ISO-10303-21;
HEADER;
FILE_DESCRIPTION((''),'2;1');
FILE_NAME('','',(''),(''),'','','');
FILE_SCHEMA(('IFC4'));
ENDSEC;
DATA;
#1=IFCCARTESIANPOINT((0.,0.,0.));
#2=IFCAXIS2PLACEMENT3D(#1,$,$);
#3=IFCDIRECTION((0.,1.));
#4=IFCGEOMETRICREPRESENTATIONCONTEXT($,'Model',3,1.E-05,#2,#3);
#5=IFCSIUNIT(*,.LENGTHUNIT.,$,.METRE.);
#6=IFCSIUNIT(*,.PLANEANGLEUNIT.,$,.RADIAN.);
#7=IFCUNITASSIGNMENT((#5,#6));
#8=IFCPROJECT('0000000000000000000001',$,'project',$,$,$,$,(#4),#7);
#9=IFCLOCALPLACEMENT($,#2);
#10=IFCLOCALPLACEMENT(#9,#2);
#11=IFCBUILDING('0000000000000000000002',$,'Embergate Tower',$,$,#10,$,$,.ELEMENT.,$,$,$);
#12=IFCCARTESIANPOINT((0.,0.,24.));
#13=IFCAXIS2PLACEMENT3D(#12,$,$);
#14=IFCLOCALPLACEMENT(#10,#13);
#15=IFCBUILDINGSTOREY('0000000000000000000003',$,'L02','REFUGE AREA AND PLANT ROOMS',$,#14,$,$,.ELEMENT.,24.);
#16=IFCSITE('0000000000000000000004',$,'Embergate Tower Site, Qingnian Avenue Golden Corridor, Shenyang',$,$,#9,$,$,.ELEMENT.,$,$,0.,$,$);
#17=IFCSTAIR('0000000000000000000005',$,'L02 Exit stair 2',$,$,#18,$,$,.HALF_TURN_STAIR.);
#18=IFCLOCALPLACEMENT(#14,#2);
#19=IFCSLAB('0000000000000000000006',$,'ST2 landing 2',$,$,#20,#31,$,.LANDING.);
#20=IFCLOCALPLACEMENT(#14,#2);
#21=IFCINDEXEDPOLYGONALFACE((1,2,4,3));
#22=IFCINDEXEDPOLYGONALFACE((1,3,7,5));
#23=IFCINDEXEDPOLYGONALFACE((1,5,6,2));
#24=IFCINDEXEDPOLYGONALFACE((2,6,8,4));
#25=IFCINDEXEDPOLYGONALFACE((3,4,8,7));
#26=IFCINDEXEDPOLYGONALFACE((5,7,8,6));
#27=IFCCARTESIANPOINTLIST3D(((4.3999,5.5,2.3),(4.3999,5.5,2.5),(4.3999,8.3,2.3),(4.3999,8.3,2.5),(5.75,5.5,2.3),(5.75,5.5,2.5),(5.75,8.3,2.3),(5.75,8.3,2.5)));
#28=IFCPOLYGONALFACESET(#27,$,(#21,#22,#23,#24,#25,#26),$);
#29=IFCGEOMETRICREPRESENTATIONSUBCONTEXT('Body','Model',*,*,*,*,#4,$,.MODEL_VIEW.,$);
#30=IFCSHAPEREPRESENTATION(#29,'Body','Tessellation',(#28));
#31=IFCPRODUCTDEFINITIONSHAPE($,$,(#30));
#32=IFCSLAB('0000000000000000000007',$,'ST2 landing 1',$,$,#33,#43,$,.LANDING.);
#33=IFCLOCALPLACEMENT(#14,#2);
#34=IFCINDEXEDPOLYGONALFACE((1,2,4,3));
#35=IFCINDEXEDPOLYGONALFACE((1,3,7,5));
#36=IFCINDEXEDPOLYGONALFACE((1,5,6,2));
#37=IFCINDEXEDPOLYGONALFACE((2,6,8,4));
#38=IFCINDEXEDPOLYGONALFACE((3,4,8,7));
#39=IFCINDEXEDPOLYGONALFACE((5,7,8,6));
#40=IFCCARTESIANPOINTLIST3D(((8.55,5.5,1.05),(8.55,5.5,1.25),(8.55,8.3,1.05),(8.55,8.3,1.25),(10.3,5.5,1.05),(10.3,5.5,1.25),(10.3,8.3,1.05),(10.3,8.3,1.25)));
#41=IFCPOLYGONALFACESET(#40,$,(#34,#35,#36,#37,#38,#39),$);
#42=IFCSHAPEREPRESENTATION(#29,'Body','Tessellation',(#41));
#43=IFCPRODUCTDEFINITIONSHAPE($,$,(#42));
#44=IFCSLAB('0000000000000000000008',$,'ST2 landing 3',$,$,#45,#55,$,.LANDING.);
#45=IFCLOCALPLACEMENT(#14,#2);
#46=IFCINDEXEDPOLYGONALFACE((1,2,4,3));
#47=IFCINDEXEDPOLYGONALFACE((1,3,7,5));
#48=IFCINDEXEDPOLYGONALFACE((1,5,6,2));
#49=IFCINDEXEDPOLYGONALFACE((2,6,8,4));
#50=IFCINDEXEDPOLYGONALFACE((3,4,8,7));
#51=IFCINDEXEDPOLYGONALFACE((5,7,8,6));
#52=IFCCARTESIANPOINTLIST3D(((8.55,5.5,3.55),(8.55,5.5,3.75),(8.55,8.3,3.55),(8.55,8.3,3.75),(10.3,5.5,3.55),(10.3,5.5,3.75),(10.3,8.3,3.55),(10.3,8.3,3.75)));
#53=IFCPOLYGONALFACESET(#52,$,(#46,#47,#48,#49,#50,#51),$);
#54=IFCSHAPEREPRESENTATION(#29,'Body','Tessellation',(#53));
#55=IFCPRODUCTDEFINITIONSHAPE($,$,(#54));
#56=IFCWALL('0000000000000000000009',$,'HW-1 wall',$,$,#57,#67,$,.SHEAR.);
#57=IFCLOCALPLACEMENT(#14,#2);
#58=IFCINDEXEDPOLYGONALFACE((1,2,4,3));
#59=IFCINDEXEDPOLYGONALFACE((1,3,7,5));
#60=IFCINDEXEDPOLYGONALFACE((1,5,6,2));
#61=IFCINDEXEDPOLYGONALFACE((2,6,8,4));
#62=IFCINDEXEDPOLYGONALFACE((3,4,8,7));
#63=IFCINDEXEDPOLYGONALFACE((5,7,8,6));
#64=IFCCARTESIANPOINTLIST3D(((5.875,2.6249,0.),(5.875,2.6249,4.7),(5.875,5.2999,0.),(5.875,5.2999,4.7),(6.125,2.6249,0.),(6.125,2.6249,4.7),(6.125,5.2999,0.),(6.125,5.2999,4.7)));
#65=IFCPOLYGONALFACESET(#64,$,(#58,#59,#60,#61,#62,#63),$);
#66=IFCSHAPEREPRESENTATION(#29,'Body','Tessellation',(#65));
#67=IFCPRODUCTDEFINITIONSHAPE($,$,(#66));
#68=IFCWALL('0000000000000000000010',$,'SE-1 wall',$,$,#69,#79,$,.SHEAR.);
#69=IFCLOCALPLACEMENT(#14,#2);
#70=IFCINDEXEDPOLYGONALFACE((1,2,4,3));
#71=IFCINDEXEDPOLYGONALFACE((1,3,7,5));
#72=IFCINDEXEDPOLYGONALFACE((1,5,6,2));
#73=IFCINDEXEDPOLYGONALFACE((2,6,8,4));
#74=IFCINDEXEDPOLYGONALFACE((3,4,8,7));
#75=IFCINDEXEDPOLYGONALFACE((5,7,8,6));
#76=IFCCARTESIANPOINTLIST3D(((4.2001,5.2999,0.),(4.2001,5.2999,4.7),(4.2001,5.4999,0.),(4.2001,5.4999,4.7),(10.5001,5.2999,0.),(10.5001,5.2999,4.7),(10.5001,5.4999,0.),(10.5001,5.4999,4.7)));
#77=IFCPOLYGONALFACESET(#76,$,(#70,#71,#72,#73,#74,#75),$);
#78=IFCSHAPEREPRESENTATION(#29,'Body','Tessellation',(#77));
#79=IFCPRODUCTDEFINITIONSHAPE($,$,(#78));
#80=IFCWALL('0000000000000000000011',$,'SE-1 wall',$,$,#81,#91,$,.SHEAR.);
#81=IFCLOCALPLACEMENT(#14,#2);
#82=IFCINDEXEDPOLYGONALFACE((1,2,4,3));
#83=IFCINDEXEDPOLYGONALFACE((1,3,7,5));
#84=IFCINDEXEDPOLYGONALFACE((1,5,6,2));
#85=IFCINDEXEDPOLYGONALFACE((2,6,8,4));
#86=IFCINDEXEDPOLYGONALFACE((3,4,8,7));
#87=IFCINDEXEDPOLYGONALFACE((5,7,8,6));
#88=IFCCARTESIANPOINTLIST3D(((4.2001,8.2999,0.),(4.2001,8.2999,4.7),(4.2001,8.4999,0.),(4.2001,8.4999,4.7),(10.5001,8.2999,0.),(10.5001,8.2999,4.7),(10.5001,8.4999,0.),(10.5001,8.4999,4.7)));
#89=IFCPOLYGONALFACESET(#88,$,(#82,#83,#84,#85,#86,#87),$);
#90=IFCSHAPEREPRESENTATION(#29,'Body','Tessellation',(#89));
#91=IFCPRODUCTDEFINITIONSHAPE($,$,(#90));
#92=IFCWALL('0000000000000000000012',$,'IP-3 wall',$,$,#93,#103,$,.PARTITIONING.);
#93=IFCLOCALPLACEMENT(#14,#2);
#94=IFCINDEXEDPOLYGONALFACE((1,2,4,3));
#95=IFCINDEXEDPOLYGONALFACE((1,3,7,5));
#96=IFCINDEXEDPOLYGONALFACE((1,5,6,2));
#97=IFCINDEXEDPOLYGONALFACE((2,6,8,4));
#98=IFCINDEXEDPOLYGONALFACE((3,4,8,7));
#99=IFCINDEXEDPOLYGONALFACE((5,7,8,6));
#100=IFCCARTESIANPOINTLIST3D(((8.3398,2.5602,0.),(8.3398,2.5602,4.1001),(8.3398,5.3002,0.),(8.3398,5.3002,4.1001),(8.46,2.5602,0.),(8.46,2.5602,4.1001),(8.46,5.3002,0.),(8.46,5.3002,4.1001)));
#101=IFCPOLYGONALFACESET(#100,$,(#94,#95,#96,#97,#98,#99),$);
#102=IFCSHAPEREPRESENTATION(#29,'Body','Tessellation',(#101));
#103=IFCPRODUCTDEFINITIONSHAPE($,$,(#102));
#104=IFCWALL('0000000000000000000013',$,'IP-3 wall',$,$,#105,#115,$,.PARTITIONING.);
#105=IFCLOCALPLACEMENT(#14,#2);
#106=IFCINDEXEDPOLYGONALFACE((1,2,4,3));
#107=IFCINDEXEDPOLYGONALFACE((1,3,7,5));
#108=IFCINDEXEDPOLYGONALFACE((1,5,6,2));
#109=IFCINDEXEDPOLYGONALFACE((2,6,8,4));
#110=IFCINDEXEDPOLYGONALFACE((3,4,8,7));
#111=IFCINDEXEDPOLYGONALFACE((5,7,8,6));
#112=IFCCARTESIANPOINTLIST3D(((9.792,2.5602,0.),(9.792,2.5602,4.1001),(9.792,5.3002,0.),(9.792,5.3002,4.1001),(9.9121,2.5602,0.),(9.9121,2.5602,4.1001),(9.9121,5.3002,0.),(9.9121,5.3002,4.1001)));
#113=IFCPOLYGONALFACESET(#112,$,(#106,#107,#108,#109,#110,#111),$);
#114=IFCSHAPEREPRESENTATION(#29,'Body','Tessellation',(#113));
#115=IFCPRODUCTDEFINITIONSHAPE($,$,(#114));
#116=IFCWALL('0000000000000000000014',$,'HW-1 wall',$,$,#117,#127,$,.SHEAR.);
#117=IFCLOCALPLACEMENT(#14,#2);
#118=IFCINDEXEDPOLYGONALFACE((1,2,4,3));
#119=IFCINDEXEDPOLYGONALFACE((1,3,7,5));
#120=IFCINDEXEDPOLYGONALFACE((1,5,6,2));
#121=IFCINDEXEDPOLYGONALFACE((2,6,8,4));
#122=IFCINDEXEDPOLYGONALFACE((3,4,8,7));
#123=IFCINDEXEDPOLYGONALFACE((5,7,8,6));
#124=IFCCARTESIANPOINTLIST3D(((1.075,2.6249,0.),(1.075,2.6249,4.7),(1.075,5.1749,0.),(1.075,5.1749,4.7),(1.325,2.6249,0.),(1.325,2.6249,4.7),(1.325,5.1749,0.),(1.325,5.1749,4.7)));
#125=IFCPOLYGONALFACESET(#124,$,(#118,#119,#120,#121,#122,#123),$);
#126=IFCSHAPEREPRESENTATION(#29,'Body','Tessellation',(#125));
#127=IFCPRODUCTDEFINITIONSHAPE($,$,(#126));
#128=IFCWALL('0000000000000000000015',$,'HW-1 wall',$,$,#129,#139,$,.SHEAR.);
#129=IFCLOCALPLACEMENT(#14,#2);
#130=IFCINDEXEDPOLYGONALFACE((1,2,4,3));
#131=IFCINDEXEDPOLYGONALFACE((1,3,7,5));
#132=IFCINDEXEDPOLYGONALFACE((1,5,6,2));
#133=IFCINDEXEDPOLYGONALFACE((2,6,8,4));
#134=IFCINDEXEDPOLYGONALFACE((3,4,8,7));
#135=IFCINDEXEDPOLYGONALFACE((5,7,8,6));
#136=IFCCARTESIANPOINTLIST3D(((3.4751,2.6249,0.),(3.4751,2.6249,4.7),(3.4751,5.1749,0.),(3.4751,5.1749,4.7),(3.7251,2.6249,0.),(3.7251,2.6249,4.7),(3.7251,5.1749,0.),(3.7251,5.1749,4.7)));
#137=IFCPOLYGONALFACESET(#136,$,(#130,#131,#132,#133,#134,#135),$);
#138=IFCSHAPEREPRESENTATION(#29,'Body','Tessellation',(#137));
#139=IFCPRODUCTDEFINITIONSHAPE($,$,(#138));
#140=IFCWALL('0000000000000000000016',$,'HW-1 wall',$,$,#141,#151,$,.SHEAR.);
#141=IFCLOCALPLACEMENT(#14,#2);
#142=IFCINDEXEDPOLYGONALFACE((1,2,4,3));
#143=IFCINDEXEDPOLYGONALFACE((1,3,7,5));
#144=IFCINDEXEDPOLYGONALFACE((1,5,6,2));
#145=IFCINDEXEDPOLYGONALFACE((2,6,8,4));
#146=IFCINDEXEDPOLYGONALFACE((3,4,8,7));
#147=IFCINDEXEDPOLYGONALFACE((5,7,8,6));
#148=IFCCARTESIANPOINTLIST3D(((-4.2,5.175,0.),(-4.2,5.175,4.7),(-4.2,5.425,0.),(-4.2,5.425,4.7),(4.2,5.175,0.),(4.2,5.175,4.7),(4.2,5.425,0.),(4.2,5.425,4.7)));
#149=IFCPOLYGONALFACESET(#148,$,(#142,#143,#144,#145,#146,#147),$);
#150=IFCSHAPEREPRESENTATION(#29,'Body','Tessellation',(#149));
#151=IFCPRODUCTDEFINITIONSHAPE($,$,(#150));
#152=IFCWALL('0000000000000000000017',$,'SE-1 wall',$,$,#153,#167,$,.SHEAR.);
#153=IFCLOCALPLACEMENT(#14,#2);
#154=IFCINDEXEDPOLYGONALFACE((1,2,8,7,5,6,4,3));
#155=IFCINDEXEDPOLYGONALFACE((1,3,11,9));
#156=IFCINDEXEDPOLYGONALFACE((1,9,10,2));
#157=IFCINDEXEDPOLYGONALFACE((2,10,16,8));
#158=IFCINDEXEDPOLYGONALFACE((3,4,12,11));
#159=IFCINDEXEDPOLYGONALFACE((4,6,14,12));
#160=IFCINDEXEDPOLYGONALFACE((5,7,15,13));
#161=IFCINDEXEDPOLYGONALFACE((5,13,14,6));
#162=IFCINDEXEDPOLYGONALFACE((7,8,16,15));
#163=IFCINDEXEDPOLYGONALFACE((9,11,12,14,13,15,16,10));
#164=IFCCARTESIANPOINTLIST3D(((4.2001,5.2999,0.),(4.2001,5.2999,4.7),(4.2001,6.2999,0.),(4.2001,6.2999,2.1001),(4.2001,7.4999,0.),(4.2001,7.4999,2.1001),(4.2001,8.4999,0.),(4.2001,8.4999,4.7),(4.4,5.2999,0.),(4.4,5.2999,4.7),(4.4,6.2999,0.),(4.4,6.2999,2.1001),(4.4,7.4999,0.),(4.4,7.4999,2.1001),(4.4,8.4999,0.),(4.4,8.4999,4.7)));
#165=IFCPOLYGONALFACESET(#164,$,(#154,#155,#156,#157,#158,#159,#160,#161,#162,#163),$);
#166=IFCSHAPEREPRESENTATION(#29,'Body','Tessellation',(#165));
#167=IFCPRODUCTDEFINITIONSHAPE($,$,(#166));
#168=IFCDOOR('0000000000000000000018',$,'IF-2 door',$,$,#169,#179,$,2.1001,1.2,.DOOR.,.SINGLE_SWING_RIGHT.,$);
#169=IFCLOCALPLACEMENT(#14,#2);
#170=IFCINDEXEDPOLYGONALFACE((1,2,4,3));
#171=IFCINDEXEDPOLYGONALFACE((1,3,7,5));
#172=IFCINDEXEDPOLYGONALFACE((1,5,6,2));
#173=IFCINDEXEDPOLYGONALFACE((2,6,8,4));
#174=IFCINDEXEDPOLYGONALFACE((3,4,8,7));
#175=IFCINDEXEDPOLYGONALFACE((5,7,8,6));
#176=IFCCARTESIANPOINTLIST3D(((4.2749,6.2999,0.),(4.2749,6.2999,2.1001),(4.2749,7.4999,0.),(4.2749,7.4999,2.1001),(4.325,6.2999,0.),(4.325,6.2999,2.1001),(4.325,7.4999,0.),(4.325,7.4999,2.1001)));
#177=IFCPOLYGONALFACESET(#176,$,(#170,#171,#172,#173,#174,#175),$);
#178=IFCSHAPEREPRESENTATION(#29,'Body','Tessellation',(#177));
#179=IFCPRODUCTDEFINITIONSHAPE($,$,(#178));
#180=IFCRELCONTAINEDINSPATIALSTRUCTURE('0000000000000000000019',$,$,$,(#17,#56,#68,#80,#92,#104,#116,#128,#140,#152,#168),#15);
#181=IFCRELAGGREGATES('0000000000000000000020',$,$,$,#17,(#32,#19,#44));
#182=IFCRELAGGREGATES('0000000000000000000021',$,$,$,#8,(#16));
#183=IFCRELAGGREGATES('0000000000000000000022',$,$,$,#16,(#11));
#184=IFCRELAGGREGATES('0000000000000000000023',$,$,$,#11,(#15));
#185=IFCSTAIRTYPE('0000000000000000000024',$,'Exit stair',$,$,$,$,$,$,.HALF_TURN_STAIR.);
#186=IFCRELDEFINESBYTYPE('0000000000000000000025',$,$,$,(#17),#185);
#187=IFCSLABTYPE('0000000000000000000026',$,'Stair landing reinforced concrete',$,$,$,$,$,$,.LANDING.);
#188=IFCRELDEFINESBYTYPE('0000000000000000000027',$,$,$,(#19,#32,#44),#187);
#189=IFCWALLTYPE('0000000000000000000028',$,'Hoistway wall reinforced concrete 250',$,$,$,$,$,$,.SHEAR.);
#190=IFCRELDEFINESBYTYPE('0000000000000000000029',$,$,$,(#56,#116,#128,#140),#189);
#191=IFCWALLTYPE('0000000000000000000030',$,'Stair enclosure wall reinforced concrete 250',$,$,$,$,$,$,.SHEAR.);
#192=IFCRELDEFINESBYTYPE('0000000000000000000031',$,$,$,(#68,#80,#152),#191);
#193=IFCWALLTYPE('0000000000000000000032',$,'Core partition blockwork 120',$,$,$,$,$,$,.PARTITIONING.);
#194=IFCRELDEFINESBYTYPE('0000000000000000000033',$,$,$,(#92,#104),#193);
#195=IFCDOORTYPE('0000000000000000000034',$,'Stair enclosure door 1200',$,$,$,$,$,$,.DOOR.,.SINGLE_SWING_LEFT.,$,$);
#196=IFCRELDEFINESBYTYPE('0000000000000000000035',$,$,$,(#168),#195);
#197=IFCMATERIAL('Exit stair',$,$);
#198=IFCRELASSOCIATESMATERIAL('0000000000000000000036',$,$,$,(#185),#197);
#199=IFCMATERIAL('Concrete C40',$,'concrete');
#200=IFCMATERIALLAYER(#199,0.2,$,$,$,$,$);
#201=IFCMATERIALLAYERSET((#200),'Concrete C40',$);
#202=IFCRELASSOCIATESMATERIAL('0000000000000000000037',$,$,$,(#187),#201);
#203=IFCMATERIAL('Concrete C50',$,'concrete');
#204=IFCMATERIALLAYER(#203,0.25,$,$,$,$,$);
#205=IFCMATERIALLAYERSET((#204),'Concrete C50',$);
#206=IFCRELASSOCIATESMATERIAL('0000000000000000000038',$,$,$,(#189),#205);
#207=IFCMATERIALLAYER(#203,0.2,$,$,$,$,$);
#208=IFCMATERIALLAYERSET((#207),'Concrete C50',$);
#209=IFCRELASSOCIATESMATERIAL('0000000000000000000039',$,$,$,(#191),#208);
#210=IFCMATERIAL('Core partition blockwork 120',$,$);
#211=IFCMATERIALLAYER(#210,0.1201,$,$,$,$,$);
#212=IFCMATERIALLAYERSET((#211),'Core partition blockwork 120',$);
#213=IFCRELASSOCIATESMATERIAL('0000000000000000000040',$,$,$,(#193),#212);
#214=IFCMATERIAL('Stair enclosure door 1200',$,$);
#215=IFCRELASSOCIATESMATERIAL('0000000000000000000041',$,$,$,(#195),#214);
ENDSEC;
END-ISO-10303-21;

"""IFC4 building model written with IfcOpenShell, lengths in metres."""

from ifc_helpers import new_model, si_unit, direction, frame, frame_2d, origin, place, context, subcontext, project, spatial, polyline, rectangle, outline, extrude, source, transform, mapped, material, layer, layer_set, type_object, element, fill, aggregate, save


model = new_model("IFC4")

# Units and contexts
model_context = context("Model", 3, precision=1e-05, world=origin(), true_north=direction((0.0, 1.0)))
body_context = subcontext(model_context, "Body", "Model", "MODEL_VIEW")
ifc_project = project(units=[si_unit("LENGTHUNIT", "METRE"), si_unit("PLANEANGLEUNIT", "RADIAN")], contexts=[model_context])

# Site, building, storey
site_placement = place(None, origin())
site = spatial("IfcSite", under=ifc_project, at=site_placement, Name="Embergate Tower Site, Qingnian Avenue Golden Corridor, Shenyang", CompositionType="ELEMENT", RefElevation=0.0)
building_placement = place(site_placement, origin())
building = spatial("IfcBuilding", under=site, at=building_placement, Name="Embergate Tower", CompositionType="ELEMENT")
storey_placement = place(building_placement, frame((0.0, 0.0, 24.0)))
storey = spatial("IfcBuildingStorey", under=building, at=storey_placement, Name="L02", Description="REFUGE AREA AND PLANT ROOMS", CompositionType="ELEMENT", Elevation=24.0)

# Stair, slabs
ifc_material_1 = material(Name="Exit stair")
stair_type = type_object("IfcStairType", Name="Exit stair", PredefinedType="HALF_TURN_STAIR", material=ifc_material_1)
stair_placement = place(storey_placement, origin())
stair = element("IfcStair", 1, at=stair_placement, inside=storey, type_object=stair_type, Name="L02 Exit stair 2", PredefinedType="HALF_TURN_STAIR")
ifc_material_2 = material(Name="Concrete C40", Category="concrete")
ifc_layer_1 = layer(ifc_material_2, 0.2)
ifc_layer_set_1 = layer_set([ifc_layer_1], Name="Concrete C40")
slab_type = type_object("IfcSlabType", Name="Stair landing reinforced concrete", PredefinedType="LANDING", material=ifc_layer_set_1)
shared_shape_1 = source(origin(), body_context, "Body", "SweptSolid", [
    extrude(outline(polyline([(0.0, 0.0), (1.3501, 0.0), (1.3501, 2.8), (0.0, 2.8), (0.0, 0.0)])), origin(), (0.0, 0.0, 1.0), 0.2),
])
slab_1_placement = place(storey_placement, frame((4.3999, 5.5, 2.3)))
slab_1 = element("IfcSlab", 2, at=slab_1_placement, type_object=slab_type, Name="ST2 landing 2", PredefinedType="LANDING", context=body_context, shape_type="MappedRepresentation", body=[
    mapped(shared_shape_1, transform((0.0, 0.0, 0.0))),
])
shared_shape_2 = source(origin(), body_context, "Body", "SweptSolid", [
    extrude(outline(polyline([(0.0, 0.0), (1.75, 0.0), (1.75, 2.8), (0.0, 2.8), (0.0, 0.0)])), origin(), (0.0, 0.0, 1.0), 0.2),
])
slab_2_placement = place(storey_placement, frame((8.55, 5.5, 1.05)))
slab_2 = element("IfcSlab", 3, at=slab_2_placement, type_object=slab_type, Name="ST2 landing 1", PredefinedType="LANDING", context=body_context, shape_type="MappedRepresentation", body=[
    mapped(shared_shape_2, transform((0.0, 0.0, 0.0))),
])
slab_3_placement = place(storey_placement, frame((8.55, 5.5, 3.55)))
slab_3 = element("IfcSlab", 4, at=slab_3_placement, type_object=slab_type, Name="ST2 landing 3", PredefinedType="LANDING", context=body_context, shape_type="MappedRepresentation", body=[
    mapped(shared_shape_2, transform((0.0, 0.0, 0.0))),
])

# Walls
ifc_material_3 = material(Name="Concrete C50", Category="concrete")
ifc_layer_2 = layer(ifc_material_3, 0.25)
ifc_layer_set_2 = layer_set([ifc_layer_2], Name="Concrete C50")
wall_type_1 = type_object("IfcWallType", Name="Hoistway wall reinforced concrete 250", PredefinedType="SHEAR", material=ifc_layer_set_2)
shared_shape_3 = source(origin(), body_context, "Body", "SweptSolid", [
    extrude(rectangle(XDim=2.675, YDim=0.25, at=frame_2d((1.3374, 0.0))), origin(), (0.0, 0.0, 1.0), 4.7),
])
wall_1_placement = place(storey_placement, frame((6.0, 2.625, 0.0), z_axis=(0.0, 0.0, 1.0), x_axis=(0.0, 1.0, 0.0)))
element("IfcWall", 5, at=wall_1_placement, inside=storey, type_object=wall_type_1, Name="HW-1 wall", PredefinedType="SHEAR", context=body_context, shape_type="MappedRepresentation", body=[
    mapped(shared_shape_3, transform((0.0, 0.0, 0.0))),
])
ifc_layer_3 = layer(ifc_material_3, 0.2)
ifc_layer_set_3 = layer_set([ifc_layer_3], Name="Concrete C50")
wall_type_2 = type_object("IfcWallType", Name="Stair enclosure wall reinforced concrete 250", PredefinedType="SHEAR", material=ifc_layer_set_3)
shared_shape_4 = source(origin(), body_context, "Body", "SweptSolid", [
    extrude(rectangle(XDim=6.3, YDim=0.2, at=frame_2d((3.1499, 0.0))), origin(), (0.0, 0.0, 1.0), 4.7),
])
for number, where, z_axis, x_axis, name in (
    (6, (10.5, 5.3999, 0.0), (0.0, 0.0, 1.0), (-1.0, 0.0, 0.0), "SE-1 wall"),
    (7, (10.5, 8.3999, 0.0), (0.0, 0.0, 1.0), (-1.0, 0.0, 0.0), "SE-1 wall"),
):
    element("IfcWall", number, at=place(storey_placement, frame(where, z_axis=z_axis, x_axis=x_axis)), inside=storey, type_object=wall_type_2, Name=name, PredefinedType="SHEAR", context=body_context, shape_type="MappedRepresentation", body=[
        mapped(shared_shape_4, transform((0.0, 0.0, 0.0))),
    ])
ifc_material_4 = material(Name="Core partition blockwork 120")
ifc_layer_4 = layer(ifc_material_4, 0.1201)
ifc_layer_set_4 = layer_set([ifc_layer_4], Name="Core partition blockwork 120")
wall_type_3 = type_object("IfcWallType", Name="Core partition blockwork 120", PredefinedType="PARTITIONING", material=ifc_layer_set_4)
shared_shape_5 = source(origin(), body_context, "Body", "SweptSolid", [
    extrude(rectangle(XDim=2.74, YDim=0.1201, at=frame_2d((1.3701, 0.0))), origin(), (0.0, 0.0, 1.0), 4.1001),
])
for number, where, z_axis, x_axis, name in (
    (8, (8.3999, 2.5601, 0.0), (0.0, 0.0, 1.0), (0.0, 1.0, 0.0), "IP-3 wall"),
    (9, (9.8521, 2.5601, 0.0), (0.0, 0.0, 1.0), (0.0, 1.0, 0.0), "IP-3 wall"),
):
    element("IfcWall", number, at=place(storey_placement, frame(where, z_axis=z_axis, x_axis=x_axis)), inside=storey, type_object=wall_type_3, Name=name, PredefinedType="PARTITIONING", context=body_context, shape_type="MappedRepresentation", body=[
        mapped(shared_shape_5, transform((0.0, 0.0, 0.0))),
    ])
shared_shape_6 = source(origin(), body_context, "Body", "SweptSolid", [
    extrude(rectangle(XDim=2.55, YDim=0.25, at=frame_2d((1.2749, 0.0))), origin(), (0.0, 0.0, 1.0), 4.7),
])
for number, where, z_axis, x_axis, name in (
    (10, (1.2, 2.625, 0.0), (0.0, 0.0, 1.0), (0.0, 1.0, 0.0), "HW-1 wall"),
    (11, (3.6001, 2.625, 0.0), (0.0, 0.0, 1.0), (0.0, 1.0, 0.0), "HW-1 wall"),
):
    element("IfcWall", number, at=place(storey_placement, frame(where, z_axis=z_axis, x_axis=x_axis)), inside=storey, type_object=wall_type_1, Name=name, PredefinedType="SHEAR", context=body_context, shape_type="MappedRepresentation", body=[
        mapped(shared_shape_6, transform((0.0, 0.0, 0.0))),
    ])
shared_shape_7 = source(origin(), body_context, "Body", "SweptSolid", [
    extrude(rectangle(XDim=8.3999, YDim=0.25, at=frame_2d((4.2, 0.0))), origin(), (0.0, 0.0, 1.0), 4.7),
])
wall_2_placement = place(storey_placement, frame((4.2, 5.3, 0.0), z_axis=(0.0, 0.0, 1.0), x_axis=(-1.0, 0.0, 0.0)))
element("IfcWall", 12, at=wall_2_placement, inside=storey, type_object=wall_type_1, Name="HW-1 wall", PredefinedType="SHEAR", context=body_context, shape_type="MappedRepresentation", body=[
    mapped(shared_shape_7, transform((0.0, 0.0, 0.0))),
])

# Wall, opening, door
shared_shape_8 = source(origin(), body_context, "Body", "SweptSolid", [
    extrude(rectangle(XDim=3.2, YDim=0.2, at=frame_2d((1.6001, 0.0))), origin(), (0.0, 0.0, 1.0), 4.7),
])
wall_3_placement = place(storey_placement, frame((4.3, 8.5, 0.0), z_axis=(0.0, 0.0, 1.0), x_axis=(0.0, -1.0, 0.0)))
wall_3 = element("IfcWall", 13, at=wall_3_placement, inside=storey, type_object=wall_type_2, Name="SE-1 wall", PredefinedType="SHEAR", context=body_context, shape_type="MappedRepresentation", body=[
    mapped(shared_shape_8, transform((0.0, 0.0, 0.0))),
])
shared_shape_9 = source(origin(), body_context, "Body", "SweptSolid", [
    extrude(rectangle(XDim=1.2, YDim=2.1001, at=frame_2d((0.6001, 1.05))), frame((0.0, 0.1099, 0.0), z_axis=(0.0, -1.0, 0.0), x_axis=(1.0, 0.0, 0.0)), (0.0, 0.0, 1.0), 0.22),
])
opening_1_placement = place(wall_3_placement, frame((1.0, 0.0, 0.0)))
opening_1 = element("IfcOpeningElement", 14, at=opening_1_placement, cuts=wall_3, PredefinedType="OPENING", context=body_context, shape_type="MappedRepresentation", body=[
    mapped(shared_shape_9, transform((0.0, 0.0, 0.0))),
])
ifc_material_5 = material(Name="Stair enclosure door 1200")
door_type_1 = type_object("IfcDoorType", Name="Stair enclosure door 1200", OperationType="SINGLE_SWING_LEFT", PredefinedType="DOOR", material=ifc_material_5)
shared_shape_10 = source(origin(), body_context, "Body", "SweptSolid", [
    extrude(rectangle(XDim=1.2, YDim=2.1001, at=frame_2d((0.6001, 1.05))), frame((0.0, 0.0249, 0.0), z_axis=(0.0, -1.0, 0.0), x_axis=(1.0, 0.0, 0.0)), (0.0, 0.0, 1.0), 0.05),
])
door_1_placement = place(opening_1_placement, origin())
door_1 = element("IfcDoor", 15, at=door_1_placement, inside=storey, type_object=door_type_1, Name="IF-2 door", OperationType="SINGLE_SWING_RIGHT", OverallHeight=2.1001, OverallWidth=1.2, PredefinedType="DOOR", context=body_context, shape_type="MappedRepresentation", body=[
    mapped(shared_shape_10, transform((0.0, 0.0, 0.0))),
])
fill(opening_1, door_1)

aggregate(stair, [slab_2, slab_1, slab_3])

save(model, "model.ifc")
